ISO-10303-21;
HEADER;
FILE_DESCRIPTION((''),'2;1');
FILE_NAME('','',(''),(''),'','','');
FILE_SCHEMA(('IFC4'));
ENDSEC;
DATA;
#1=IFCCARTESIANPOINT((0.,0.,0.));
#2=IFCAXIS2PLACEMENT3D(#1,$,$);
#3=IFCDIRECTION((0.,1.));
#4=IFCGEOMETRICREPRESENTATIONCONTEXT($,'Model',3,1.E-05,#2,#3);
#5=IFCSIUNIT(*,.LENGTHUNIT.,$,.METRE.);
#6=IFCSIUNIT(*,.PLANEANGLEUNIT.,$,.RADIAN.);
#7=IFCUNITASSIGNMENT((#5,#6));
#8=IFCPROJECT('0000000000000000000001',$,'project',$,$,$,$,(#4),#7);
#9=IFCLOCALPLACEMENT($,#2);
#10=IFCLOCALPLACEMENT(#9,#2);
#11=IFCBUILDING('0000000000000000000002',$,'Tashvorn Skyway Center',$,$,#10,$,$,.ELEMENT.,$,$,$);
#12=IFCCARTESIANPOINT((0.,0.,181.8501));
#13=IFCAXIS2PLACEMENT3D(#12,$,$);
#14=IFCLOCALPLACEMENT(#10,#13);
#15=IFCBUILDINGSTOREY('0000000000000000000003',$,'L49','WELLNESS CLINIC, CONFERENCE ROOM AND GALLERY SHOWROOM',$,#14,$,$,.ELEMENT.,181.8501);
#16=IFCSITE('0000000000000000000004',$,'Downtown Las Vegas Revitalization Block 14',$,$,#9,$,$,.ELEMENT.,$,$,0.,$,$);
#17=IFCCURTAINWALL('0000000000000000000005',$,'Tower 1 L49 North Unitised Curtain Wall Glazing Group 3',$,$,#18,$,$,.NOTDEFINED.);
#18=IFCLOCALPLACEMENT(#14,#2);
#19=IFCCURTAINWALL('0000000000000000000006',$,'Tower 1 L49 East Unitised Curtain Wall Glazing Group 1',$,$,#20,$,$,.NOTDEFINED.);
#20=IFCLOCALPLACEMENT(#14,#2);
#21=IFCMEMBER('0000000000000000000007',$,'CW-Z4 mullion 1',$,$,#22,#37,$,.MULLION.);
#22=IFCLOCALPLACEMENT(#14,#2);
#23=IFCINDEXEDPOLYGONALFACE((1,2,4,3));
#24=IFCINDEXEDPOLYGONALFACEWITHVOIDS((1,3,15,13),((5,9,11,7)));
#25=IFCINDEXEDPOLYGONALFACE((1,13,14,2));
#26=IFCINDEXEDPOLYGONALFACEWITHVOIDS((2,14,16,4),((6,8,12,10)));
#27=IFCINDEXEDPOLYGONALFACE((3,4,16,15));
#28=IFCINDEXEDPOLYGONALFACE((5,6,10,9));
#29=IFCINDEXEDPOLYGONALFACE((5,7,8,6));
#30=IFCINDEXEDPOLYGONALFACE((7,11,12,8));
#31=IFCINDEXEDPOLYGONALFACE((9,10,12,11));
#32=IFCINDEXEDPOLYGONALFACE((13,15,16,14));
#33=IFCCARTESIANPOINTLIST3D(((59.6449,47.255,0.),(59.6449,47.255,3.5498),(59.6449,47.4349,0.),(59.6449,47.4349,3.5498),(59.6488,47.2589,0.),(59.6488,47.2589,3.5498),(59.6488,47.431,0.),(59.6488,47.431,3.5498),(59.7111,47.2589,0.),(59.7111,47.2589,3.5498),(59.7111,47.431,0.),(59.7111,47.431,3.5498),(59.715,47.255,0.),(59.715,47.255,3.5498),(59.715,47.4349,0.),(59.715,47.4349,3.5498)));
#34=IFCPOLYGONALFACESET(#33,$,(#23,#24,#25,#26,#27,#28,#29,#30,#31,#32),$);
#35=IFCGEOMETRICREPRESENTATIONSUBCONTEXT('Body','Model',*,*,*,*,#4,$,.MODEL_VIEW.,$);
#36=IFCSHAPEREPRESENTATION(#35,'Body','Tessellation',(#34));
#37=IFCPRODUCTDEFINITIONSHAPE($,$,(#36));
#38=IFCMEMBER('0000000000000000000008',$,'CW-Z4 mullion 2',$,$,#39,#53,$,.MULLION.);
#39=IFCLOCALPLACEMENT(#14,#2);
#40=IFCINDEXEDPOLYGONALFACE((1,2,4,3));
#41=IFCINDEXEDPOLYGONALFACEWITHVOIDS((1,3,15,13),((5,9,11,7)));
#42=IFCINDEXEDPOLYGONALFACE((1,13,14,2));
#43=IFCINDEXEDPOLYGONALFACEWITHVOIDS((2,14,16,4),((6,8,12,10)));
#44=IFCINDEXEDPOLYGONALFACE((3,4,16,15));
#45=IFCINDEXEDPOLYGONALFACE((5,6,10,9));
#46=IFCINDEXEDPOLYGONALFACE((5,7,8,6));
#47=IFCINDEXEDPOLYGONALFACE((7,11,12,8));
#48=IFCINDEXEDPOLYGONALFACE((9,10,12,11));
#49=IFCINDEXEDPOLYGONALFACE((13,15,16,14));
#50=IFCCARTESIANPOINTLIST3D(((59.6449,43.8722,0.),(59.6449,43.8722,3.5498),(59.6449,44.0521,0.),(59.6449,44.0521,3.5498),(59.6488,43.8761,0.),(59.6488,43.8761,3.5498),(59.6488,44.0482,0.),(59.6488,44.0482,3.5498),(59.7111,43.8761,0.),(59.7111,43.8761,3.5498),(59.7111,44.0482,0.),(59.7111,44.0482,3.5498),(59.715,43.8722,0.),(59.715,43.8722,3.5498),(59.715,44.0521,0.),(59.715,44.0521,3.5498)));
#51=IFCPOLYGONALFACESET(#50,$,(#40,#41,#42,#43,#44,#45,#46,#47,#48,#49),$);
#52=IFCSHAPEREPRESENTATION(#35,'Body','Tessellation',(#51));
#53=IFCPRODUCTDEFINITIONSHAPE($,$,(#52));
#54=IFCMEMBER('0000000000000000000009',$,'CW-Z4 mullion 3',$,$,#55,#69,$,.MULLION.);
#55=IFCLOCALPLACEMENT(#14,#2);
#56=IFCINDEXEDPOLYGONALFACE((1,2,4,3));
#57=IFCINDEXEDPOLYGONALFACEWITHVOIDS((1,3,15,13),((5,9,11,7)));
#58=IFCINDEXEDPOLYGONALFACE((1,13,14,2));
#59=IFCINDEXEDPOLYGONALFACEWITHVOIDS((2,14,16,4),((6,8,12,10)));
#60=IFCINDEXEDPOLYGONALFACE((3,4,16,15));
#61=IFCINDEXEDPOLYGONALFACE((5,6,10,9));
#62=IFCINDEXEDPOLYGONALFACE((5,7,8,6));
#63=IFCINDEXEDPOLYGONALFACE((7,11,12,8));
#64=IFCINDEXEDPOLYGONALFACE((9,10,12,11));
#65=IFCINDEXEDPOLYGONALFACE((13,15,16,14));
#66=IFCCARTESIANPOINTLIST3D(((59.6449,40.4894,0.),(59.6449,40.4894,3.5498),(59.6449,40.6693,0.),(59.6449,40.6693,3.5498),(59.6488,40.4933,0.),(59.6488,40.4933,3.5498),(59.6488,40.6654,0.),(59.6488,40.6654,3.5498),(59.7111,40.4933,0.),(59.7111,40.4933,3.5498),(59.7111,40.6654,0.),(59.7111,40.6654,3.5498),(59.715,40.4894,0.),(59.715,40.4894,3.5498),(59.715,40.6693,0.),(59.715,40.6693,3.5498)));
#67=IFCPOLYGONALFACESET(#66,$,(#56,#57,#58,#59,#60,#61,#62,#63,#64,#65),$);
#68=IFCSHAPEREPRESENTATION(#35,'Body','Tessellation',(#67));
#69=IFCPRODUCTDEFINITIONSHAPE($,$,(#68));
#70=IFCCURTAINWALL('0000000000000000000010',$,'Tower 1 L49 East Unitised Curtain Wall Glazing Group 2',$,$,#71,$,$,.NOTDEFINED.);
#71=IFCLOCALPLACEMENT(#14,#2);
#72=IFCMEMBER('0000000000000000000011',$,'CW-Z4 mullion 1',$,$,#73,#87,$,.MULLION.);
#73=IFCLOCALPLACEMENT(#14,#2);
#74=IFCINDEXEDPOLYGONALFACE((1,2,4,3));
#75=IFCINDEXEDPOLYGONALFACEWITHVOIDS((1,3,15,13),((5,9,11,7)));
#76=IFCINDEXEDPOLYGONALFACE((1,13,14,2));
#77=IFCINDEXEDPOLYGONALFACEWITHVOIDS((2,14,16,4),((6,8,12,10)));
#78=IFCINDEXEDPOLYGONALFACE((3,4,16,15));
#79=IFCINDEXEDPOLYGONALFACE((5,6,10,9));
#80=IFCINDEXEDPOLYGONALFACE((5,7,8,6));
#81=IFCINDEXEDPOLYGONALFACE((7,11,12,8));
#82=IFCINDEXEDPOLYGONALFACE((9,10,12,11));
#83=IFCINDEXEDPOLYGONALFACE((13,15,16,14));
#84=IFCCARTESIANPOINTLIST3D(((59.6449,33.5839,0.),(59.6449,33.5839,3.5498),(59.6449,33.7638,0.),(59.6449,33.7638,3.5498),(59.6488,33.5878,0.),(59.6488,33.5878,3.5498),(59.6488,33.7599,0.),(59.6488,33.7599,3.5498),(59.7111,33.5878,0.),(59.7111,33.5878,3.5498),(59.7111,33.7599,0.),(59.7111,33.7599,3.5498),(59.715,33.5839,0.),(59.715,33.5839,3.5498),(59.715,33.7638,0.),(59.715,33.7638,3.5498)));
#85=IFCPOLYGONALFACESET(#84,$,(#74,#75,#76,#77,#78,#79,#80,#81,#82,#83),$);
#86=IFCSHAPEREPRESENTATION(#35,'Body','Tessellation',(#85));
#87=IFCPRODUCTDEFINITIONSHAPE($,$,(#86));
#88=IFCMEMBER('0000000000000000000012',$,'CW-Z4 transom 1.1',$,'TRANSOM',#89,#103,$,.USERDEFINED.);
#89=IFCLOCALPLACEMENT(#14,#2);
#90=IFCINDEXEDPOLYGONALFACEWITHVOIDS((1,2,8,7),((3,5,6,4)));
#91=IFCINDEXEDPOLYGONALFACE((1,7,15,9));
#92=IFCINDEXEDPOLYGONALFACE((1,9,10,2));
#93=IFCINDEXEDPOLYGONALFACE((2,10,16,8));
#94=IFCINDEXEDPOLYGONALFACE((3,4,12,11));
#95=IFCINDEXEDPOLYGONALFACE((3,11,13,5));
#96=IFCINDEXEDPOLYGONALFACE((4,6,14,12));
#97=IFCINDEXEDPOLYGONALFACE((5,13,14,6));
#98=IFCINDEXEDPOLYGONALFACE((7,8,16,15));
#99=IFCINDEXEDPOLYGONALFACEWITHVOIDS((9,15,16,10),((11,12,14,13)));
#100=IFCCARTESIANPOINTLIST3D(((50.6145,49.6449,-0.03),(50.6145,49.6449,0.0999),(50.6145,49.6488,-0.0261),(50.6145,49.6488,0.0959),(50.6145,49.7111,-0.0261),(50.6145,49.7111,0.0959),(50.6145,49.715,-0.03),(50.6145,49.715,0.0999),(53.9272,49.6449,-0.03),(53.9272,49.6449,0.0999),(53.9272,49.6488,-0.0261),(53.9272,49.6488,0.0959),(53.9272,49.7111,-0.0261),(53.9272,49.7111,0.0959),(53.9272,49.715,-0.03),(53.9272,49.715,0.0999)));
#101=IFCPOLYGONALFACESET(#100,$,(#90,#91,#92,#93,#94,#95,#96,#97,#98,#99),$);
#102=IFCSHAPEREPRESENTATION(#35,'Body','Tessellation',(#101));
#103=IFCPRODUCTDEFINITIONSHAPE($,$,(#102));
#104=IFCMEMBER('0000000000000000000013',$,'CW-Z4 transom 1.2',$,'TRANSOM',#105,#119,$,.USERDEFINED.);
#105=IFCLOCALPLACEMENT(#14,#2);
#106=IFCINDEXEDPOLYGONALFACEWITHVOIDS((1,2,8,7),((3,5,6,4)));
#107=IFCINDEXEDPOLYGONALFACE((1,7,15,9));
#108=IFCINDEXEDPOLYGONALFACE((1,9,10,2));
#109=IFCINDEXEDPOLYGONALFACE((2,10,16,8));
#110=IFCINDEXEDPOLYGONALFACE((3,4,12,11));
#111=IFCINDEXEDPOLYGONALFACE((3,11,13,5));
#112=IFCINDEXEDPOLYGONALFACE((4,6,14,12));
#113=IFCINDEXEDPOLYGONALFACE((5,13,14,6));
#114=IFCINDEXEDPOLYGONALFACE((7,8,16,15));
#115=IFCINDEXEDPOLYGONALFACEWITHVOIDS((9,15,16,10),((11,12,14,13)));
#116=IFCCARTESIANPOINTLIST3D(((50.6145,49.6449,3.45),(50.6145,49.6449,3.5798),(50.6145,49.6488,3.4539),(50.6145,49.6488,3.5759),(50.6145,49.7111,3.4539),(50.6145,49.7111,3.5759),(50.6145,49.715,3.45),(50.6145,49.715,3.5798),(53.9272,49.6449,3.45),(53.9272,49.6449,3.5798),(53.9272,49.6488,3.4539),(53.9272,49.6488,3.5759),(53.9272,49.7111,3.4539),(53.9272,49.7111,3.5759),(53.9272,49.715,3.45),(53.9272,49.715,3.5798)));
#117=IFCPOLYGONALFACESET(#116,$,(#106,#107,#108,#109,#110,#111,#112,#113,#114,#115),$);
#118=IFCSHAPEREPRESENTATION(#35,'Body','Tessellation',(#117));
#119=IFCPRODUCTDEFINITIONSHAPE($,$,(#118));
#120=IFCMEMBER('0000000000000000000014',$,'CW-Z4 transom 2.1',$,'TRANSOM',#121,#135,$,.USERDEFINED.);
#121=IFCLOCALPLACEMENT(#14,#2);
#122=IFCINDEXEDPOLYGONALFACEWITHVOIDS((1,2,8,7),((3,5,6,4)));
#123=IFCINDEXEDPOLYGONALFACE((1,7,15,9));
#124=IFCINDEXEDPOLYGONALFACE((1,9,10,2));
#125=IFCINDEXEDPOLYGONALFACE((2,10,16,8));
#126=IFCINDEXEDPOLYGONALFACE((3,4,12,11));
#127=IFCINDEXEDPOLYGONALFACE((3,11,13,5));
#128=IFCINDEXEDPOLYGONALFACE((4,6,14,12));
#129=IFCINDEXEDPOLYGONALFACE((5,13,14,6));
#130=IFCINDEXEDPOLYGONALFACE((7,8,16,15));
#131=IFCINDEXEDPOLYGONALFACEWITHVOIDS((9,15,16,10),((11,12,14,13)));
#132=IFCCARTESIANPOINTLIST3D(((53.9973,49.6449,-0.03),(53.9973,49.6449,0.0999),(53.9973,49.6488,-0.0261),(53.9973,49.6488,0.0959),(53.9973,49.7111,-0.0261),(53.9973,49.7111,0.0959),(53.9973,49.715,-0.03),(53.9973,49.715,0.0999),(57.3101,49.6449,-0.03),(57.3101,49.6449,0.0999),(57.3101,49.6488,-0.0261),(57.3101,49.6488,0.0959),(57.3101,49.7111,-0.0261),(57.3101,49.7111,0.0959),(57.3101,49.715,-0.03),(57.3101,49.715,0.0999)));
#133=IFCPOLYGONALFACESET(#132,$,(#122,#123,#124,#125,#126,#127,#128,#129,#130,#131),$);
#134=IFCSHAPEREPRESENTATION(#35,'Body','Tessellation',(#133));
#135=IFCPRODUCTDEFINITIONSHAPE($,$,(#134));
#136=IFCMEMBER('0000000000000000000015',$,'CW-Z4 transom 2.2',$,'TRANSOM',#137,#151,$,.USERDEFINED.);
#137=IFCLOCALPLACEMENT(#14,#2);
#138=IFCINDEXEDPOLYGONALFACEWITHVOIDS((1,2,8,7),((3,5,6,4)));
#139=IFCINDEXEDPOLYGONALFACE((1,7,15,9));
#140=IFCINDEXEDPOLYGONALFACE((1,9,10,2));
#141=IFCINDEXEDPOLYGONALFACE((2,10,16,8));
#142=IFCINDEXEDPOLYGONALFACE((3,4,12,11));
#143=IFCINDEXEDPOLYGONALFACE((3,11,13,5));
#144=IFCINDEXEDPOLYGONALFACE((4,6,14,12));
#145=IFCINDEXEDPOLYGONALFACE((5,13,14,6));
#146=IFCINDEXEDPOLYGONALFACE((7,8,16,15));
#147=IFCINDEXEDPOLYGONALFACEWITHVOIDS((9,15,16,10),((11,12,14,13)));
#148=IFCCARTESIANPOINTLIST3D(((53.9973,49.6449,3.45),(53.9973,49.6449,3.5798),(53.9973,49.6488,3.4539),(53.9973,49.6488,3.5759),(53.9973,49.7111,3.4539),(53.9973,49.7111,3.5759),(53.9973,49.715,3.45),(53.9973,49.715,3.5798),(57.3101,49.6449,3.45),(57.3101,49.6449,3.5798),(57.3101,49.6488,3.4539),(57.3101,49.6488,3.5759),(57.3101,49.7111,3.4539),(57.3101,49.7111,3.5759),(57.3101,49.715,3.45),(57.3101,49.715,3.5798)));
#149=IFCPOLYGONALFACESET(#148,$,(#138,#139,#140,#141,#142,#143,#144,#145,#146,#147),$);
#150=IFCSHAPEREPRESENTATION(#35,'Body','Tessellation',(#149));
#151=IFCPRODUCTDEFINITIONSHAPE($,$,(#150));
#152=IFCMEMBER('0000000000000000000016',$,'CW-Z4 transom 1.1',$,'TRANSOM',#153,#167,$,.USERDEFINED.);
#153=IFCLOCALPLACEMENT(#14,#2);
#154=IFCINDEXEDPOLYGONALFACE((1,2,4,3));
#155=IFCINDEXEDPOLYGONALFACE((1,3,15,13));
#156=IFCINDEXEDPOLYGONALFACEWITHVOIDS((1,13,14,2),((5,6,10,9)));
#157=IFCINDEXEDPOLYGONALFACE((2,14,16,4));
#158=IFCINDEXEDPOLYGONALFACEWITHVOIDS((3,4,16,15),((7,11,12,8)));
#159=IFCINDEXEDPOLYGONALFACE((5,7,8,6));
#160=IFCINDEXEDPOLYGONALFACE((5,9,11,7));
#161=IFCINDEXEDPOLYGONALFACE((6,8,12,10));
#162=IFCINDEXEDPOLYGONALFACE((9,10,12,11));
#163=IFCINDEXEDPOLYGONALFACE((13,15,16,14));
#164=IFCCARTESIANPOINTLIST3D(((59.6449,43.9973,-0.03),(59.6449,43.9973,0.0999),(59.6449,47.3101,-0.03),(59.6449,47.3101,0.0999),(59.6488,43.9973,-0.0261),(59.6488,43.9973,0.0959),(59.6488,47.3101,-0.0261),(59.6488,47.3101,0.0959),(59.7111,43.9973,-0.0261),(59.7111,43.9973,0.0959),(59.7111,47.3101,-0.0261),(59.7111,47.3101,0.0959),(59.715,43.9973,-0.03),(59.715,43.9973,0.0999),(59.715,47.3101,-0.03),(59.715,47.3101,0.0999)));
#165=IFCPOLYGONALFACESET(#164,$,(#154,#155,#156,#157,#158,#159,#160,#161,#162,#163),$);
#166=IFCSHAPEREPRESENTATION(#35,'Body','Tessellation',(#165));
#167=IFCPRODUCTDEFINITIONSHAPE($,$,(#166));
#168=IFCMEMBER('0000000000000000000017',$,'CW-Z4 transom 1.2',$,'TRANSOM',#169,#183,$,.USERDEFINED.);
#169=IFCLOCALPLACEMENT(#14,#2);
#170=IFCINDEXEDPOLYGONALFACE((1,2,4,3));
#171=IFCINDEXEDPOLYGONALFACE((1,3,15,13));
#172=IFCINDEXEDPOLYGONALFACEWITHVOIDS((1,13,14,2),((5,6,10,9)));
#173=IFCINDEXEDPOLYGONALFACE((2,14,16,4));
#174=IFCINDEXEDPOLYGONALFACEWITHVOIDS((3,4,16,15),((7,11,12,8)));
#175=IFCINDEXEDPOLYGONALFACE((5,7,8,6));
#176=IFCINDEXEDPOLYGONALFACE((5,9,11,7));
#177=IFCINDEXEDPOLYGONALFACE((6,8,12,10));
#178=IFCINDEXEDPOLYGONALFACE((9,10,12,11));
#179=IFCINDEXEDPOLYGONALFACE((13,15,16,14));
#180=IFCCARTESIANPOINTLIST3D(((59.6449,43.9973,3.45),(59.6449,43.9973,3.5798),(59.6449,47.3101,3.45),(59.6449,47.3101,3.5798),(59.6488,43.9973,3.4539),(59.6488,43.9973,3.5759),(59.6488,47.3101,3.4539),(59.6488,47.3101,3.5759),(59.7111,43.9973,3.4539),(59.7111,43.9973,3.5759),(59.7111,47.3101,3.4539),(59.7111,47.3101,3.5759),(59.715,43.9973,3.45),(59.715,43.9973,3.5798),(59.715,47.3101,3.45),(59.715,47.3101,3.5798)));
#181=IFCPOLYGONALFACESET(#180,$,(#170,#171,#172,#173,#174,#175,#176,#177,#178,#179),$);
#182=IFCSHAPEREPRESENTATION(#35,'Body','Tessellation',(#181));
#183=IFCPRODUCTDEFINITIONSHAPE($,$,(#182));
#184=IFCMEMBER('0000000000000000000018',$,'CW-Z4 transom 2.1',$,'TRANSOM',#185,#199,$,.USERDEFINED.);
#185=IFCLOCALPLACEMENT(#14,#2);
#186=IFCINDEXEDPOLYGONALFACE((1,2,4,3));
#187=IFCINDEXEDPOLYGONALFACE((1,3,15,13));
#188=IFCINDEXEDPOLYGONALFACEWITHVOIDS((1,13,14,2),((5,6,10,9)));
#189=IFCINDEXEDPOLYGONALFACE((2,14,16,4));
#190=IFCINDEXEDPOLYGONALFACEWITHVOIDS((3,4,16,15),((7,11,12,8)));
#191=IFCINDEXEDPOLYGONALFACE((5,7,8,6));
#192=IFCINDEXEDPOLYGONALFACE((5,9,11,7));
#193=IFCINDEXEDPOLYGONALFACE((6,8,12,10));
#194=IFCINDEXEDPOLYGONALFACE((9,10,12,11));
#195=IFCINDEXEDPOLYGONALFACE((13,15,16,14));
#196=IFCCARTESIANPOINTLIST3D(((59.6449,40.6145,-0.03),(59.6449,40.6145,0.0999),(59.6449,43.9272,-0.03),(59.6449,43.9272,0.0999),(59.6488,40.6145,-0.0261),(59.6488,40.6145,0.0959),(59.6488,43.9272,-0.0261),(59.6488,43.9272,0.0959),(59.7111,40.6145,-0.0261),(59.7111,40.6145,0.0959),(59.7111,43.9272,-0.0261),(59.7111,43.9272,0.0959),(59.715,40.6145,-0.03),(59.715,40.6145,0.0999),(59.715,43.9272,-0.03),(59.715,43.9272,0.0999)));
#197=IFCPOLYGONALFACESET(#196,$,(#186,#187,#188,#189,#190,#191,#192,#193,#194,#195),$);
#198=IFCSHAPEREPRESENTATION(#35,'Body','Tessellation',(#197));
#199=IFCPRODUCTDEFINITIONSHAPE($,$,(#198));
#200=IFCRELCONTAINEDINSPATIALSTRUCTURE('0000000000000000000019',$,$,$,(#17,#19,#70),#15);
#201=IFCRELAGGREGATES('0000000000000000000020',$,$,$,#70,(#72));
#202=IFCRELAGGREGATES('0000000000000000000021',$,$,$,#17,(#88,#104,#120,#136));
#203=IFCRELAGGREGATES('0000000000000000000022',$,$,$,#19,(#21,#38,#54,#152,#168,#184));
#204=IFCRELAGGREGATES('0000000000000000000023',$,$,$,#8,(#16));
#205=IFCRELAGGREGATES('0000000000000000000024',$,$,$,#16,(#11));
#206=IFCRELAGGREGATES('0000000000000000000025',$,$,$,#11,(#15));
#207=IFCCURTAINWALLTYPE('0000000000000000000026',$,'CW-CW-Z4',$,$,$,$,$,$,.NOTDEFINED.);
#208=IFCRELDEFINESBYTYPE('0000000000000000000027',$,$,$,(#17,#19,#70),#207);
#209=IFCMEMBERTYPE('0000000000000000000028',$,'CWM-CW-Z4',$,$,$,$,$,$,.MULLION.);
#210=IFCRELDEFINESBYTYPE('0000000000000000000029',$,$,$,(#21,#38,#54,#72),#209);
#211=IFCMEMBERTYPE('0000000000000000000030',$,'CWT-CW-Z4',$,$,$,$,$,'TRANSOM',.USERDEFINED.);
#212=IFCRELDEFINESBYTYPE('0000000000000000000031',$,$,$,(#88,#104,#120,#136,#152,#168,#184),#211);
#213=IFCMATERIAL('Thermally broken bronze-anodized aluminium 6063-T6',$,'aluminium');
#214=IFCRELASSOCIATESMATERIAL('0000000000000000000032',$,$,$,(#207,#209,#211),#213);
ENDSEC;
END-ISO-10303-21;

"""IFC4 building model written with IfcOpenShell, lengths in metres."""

from ifc_helpers import new_model, si_unit, direction, frame, origin, origin_2d, place, context, subcontext, project, spatial, hollow_rectangle, extrude, material, material_profile, profile_set, type_object, element, aggregate, save


model = new_model("IFC4")

# Units and contexts
model_context = context("Model", 3, precision=1e-05, world=origin(), true_north=direction((0.0, 1.0)))
body_context = subcontext(model_context, "Body", "Model", "MODEL_VIEW")
ifc_project = project(units=[si_unit("LENGTHUNIT", "METRE"), si_unit("PLANEANGLEUNIT", "RADIAN")], contexts=[model_context])

# Site, building, storey
site_placement = place(None, origin())
site = spatial("IfcSite", under=ifc_project, at=site_placement, Name="Downtown Las Vegas Revitalization Block 14", CompositionType="ELEMENT", RefElevation=0.0)
building_placement = place(site_placement, origin())
building = spatial("IfcBuilding", under=site, at=building_placement, Name="Tashvorn Skyway Center", CompositionType="ELEMENT")
storey_placement = place(building_placement, frame((0.0, 0.0, 181.8501)))
storey = spatial("IfcBuildingStorey", under=building, at=storey_placement, Name="L49", Description="WELLNESS CLINIC, CONFERENCE ROOM AND GALLERY SHOWROOM", CompositionType="ELEMENT", Elevation=181.8501)

# Curtain walls, members
ifc_material_1 = material(Name="Thermally broken bronze-anodized aluminium 6063-T6", Category="aluminium")
curtain_wall_type = type_object("IfcCurtainWallType", Name="CW-CW-Z4", PredefinedType="NOTDEFINED", material=ifc_material_1)
curtain_wall_1_placement = place(storey_placement, origin())
curtain_wall_1 = element("IfcCurtainWall", 1, at=curtain_wall_1_placement, inside=storey, type_object=curtain_wall_type, Name="Tower 1 L49 North Unitised Curtain Wall Glazing Group 3", PredefinedType="NOTDEFINED")
ifc_material_profile_1 = material_profile(ifc_material_1, hollow_rectangle(XDim=0.0701, YDim=0.1799, WallThickness=0.0039, at=origin_2d()), Name="ALU-MULL-70x180")
ifc_profile_set_1 = profile_set([ifc_material_profile_1], Name="Thermally broken bronze-anodized aluminium 6063-T6")
member_type_1 = type_object("IfcMemberType", Name="CWM-CW-Z4", PredefinedType="MULLION", material=ifc_profile_set_1)
curtain_wall_2_placement = place(storey_placement, origin())
curtain_wall_2 = element("IfcCurtainWall", 2, at=curtain_wall_2_placement, inside=storey, type_object=curtain_wall_type, Name="Tower 1 L49 East Unitised Curtain Wall Glazing Group 1", PredefinedType="NOTDEFINED")
member_1_placement = place(storey_placement, frame((59.6799, 47.345, 0.0), z_axis=(0.0, 0.0, 1.0), x_axis=(1.0, 0.0, 0.0)))
member_1 = element("IfcMember", 3, at=member_1_placement, type_object=member_type_1, Name="CW-Z4 mullion 1", PredefinedType="MULLION", context=body_context, shape_type="SweptSolid", body=[
    extrude(hollow_rectangle(XDim=0.0701, YDim=0.1799, WallThickness=0.0039, at=origin_2d()), origin(), (0.0, 0.0, 1.0), 3.5498),
])
member_2_placement = place(storey_placement, frame((59.6799, 43.9622, 0.0), z_axis=(0.0, 0.0, 1.0), x_axis=(1.0, 0.0, 0.0)))
member_2 = element("IfcMember", 4, at=member_2_placement, type_object=member_type_1, Name="CW-Z4 mullion 2", PredefinedType="MULLION", context=body_context, shape_type="SweptSolid", body=[
    extrude(hollow_rectangle(XDim=0.0701, YDim=0.1799, WallThickness=0.0039, at=origin_2d()), origin(), (0.0, 0.0, 1.0), 3.5498),
])
member_3_placement = place(storey_placement, frame((59.6799, 40.5793, 0.0), z_axis=(0.0, 0.0, 1.0), x_axis=(1.0, 0.0, 0.0)))
member_3 = element("IfcMember", 5, at=member_3_placement, type_object=member_type_1, Name="CW-Z4 mullion 3", PredefinedType="MULLION", context=body_context, shape_type="SweptSolid", body=[
    extrude(hollow_rectangle(XDim=0.0701, YDim=0.1799, WallThickness=0.0039, at=origin_2d()), origin(), (0.0, 0.0, 1.0), 3.5498),
])

# Curtain wall, member
curtain_wall_3_placement = place(storey_placement, origin())
curtain_wall_3 = element("IfcCurtainWall", 6, at=curtain_wall_3_placement, inside=storey, type_object=curtain_wall_type, Name="Tower 1 L49 East Unitised Curtain Wall Glazing Group 2", PredefinedType="NOTDEFINED")
member_4_placement = place(storey_placement, frame((59.6799, 33.6738, 0.0), z_axis=(0.0, 0.0, 1.0), x_axis=(1.0, 0.0, 0.0)))
member_4 = element("IfcMember", 7, at=member_4_placement, type_object=member_type_1, Name="CW-Z4 mullion 1", PredefinedType="MULLION", context=body_context, shape_type="SweptSolid", body=[
    extrude(hollow_rectangle(XDim=0.0701, YDim=0.1799, WallThickness=0.0039, at=origin_2d()), origin(), (0.0, 0.0, 1.0), 3.5498),
])

# Members
ifc_material_profile_2 = material_profile(ifc_material_1, hollow_rectangle(XDim=0.0701, YDim=0.1299, WallThickness=0.0039, at=origin_2d()), Name="ALU-TRAN-70x130")
ifc_profile_set_2 = profile_set([ifc_material_profile_2], Name="Thermally broken bronze-anodized aluminium 6063-T6")
member_type_2 = type_object("IfcMemberType", Name="CWT-CW-Z4", ElementType="TRANSOM", PredefinedType="USERDEFINED", material=ifc_profile_set_2)
member_5_placement = place(storey_placement, frame((50.6145, 49.6799, 0.0349), z_axis=(1.0, 0.0, 0.0), x_axis=(0.0, 1.0, 0.0)))
member_5 = element("IfcMember", 8, at=member_5_placement, type_object=member_type_2, Name="CW-Z4 transom 1.1", ObjectType="TRANSOM", PredefinedType="USERDEFINED", context=body_context, shape_type="SweptSolid", body=[
    extrude(hollow_rectangle(XDim=0.0701, YDim=0.1299, WallThickness=0.0039, at=origin_2d()), origin(), (0.0, 0.0, 1.0), 3.3127),
])
member_6_placement = place(storey_placement, frame((50.6145, 49.6799, 3.5149), z_axis=(1.0, 0.0, 0.0), x_axis=(0.0, 1.0, 0.0)))
member_6 = element("IfcMember", 9, at=member_6_placement, type_object=member_type_2, Name="CW-Z4 transom 1.2", ObjectType="TRANSOM", PredefinedType="USERDEFINED", context=body_context, shape_type="SweptSolid", body=[
    extrude(hollow_rectangle(XDim=0.0701, YDim=0.1299, WallThickness=0.0039, at=origin_2d()), origin(), (0.0, 0.0, 1.0), 3.3127),
])
member_7_placement = place(storey_placement, frame((53.9973, 49.6799, 0.0349), z_axis=(1.0, 0.0, 0.0), x_axis=(0.0, 1.0, 0.0)))
member_7 = element("IfcMember", 10, at=member_7_placement, type_object=member_type_2, Name="CW-Z4 transom 2.1", ObjectType="TRANSOM", PredefinedType="USERDEFINED", context=body_context, shape_type="SweptSolid", body=[
    extrude(hollow_rectangle(XDim=0.0701, YDim=0.1299, WallThickness=0.0039, at=origin_2d()), origin(), (0.0, 0.0, 1.0), 3.3127),
])
member_8_placement = place(storey_placement, frame((53.9973, 49.6799, 3.5149), z_axis=(1.0, 0.0, 0.0), x_axis=(0.0, 1.0, 0.0)))
member_8 = element("IfcMember", 11, at=member_8_placement, type_object=member_type_2, Name="CW-Z4 transom 2.2", ObjectType="TRANSOM", PredefinedType="USERDEFINED", context=body_context, shape_type="SweptSolid", body=[
    extrude(hollow_rectangle(XDim=0.0701, YDim=0.1299, WallThickness=0.0039, at=origin_2d()), origin(), (0.0, 0.0, 1.0), 3.3127),
])
member_9_placement = place(storey_placement, frame((59.6799, 47.3101, 0.0349), z_axis=(0.0, -1.0, 0.0), x_axis=(1.0, 0.0, 0.0)))
member_9 = element("IfcMember", 12, at=member_9_placement, type_object=member_type_2, Name="CW-Z4 transom 1.1", ObjectType="TRANSOM", PredefinedType="USERDEFINED", context=body_context, shape_type="SweptSolid", body=[
    extrude(hollow_rectangle(XDim=0.0701, YDim=0.1299, WallThickness=0.0039, at=origin_2d()), origin(), (0.0, 0.0, 1.0), 3.3127),
])
member_10_placement = place(storey_placement, frame((59.6799, 47.3101, 3.5149), z_axis=(0.0, -1.0, 0.0), x_axis=(1.0, 0.0, 0.0)))
member_10 = element("IfcMember", 13, at=member_10_placement, type_object=member_type_2, Name="CW-Z4 transom 1.2", ObjectType="TRANSOM", PredefinedType="USERDEFINED", context=body_context, shape_type="SweptSolid", body=[
    extrude(hollow_rectangle(XDim=0.0701, YDim=0.1299, WallThickness=0.0039, at=origin_2d()), origin(), (0.0, 0.0, 1.0), 3.3127),
])
member_11_placement = place(storey_placement, frame((59.6799, 43.9272, 0.0349), z_axis=(0.0, -1.0, 0.0), x_axis=(1.0, 0.0, 0.0)))
member_11 = element("IfcMember", 14, at=member_11_placement, type_object=member_type_2, Name="CW-Z4 transom 2.1", ObjectType="TRANSOM", PredefinedType="USERDEFINED", context=body_context, shape_type="SweptSolid", body=[
    extrude(hollow_rectangle(XDim=0.0701, YDim=0.1299, WallThickness=0.0039, at=origin_2d()), origin(), (0.0, 0.0, 1.0), 3.3127),
])
aggregate(curtain_wall_3, [member_4])

aggregate(curtain_wall_1, [member_5, member_6, member_7, member_8])
aggregate(curtain_wall_2, [member_1, member_2, member_3, member_9, member_10, member_11])

save(model, "model.ifc")
